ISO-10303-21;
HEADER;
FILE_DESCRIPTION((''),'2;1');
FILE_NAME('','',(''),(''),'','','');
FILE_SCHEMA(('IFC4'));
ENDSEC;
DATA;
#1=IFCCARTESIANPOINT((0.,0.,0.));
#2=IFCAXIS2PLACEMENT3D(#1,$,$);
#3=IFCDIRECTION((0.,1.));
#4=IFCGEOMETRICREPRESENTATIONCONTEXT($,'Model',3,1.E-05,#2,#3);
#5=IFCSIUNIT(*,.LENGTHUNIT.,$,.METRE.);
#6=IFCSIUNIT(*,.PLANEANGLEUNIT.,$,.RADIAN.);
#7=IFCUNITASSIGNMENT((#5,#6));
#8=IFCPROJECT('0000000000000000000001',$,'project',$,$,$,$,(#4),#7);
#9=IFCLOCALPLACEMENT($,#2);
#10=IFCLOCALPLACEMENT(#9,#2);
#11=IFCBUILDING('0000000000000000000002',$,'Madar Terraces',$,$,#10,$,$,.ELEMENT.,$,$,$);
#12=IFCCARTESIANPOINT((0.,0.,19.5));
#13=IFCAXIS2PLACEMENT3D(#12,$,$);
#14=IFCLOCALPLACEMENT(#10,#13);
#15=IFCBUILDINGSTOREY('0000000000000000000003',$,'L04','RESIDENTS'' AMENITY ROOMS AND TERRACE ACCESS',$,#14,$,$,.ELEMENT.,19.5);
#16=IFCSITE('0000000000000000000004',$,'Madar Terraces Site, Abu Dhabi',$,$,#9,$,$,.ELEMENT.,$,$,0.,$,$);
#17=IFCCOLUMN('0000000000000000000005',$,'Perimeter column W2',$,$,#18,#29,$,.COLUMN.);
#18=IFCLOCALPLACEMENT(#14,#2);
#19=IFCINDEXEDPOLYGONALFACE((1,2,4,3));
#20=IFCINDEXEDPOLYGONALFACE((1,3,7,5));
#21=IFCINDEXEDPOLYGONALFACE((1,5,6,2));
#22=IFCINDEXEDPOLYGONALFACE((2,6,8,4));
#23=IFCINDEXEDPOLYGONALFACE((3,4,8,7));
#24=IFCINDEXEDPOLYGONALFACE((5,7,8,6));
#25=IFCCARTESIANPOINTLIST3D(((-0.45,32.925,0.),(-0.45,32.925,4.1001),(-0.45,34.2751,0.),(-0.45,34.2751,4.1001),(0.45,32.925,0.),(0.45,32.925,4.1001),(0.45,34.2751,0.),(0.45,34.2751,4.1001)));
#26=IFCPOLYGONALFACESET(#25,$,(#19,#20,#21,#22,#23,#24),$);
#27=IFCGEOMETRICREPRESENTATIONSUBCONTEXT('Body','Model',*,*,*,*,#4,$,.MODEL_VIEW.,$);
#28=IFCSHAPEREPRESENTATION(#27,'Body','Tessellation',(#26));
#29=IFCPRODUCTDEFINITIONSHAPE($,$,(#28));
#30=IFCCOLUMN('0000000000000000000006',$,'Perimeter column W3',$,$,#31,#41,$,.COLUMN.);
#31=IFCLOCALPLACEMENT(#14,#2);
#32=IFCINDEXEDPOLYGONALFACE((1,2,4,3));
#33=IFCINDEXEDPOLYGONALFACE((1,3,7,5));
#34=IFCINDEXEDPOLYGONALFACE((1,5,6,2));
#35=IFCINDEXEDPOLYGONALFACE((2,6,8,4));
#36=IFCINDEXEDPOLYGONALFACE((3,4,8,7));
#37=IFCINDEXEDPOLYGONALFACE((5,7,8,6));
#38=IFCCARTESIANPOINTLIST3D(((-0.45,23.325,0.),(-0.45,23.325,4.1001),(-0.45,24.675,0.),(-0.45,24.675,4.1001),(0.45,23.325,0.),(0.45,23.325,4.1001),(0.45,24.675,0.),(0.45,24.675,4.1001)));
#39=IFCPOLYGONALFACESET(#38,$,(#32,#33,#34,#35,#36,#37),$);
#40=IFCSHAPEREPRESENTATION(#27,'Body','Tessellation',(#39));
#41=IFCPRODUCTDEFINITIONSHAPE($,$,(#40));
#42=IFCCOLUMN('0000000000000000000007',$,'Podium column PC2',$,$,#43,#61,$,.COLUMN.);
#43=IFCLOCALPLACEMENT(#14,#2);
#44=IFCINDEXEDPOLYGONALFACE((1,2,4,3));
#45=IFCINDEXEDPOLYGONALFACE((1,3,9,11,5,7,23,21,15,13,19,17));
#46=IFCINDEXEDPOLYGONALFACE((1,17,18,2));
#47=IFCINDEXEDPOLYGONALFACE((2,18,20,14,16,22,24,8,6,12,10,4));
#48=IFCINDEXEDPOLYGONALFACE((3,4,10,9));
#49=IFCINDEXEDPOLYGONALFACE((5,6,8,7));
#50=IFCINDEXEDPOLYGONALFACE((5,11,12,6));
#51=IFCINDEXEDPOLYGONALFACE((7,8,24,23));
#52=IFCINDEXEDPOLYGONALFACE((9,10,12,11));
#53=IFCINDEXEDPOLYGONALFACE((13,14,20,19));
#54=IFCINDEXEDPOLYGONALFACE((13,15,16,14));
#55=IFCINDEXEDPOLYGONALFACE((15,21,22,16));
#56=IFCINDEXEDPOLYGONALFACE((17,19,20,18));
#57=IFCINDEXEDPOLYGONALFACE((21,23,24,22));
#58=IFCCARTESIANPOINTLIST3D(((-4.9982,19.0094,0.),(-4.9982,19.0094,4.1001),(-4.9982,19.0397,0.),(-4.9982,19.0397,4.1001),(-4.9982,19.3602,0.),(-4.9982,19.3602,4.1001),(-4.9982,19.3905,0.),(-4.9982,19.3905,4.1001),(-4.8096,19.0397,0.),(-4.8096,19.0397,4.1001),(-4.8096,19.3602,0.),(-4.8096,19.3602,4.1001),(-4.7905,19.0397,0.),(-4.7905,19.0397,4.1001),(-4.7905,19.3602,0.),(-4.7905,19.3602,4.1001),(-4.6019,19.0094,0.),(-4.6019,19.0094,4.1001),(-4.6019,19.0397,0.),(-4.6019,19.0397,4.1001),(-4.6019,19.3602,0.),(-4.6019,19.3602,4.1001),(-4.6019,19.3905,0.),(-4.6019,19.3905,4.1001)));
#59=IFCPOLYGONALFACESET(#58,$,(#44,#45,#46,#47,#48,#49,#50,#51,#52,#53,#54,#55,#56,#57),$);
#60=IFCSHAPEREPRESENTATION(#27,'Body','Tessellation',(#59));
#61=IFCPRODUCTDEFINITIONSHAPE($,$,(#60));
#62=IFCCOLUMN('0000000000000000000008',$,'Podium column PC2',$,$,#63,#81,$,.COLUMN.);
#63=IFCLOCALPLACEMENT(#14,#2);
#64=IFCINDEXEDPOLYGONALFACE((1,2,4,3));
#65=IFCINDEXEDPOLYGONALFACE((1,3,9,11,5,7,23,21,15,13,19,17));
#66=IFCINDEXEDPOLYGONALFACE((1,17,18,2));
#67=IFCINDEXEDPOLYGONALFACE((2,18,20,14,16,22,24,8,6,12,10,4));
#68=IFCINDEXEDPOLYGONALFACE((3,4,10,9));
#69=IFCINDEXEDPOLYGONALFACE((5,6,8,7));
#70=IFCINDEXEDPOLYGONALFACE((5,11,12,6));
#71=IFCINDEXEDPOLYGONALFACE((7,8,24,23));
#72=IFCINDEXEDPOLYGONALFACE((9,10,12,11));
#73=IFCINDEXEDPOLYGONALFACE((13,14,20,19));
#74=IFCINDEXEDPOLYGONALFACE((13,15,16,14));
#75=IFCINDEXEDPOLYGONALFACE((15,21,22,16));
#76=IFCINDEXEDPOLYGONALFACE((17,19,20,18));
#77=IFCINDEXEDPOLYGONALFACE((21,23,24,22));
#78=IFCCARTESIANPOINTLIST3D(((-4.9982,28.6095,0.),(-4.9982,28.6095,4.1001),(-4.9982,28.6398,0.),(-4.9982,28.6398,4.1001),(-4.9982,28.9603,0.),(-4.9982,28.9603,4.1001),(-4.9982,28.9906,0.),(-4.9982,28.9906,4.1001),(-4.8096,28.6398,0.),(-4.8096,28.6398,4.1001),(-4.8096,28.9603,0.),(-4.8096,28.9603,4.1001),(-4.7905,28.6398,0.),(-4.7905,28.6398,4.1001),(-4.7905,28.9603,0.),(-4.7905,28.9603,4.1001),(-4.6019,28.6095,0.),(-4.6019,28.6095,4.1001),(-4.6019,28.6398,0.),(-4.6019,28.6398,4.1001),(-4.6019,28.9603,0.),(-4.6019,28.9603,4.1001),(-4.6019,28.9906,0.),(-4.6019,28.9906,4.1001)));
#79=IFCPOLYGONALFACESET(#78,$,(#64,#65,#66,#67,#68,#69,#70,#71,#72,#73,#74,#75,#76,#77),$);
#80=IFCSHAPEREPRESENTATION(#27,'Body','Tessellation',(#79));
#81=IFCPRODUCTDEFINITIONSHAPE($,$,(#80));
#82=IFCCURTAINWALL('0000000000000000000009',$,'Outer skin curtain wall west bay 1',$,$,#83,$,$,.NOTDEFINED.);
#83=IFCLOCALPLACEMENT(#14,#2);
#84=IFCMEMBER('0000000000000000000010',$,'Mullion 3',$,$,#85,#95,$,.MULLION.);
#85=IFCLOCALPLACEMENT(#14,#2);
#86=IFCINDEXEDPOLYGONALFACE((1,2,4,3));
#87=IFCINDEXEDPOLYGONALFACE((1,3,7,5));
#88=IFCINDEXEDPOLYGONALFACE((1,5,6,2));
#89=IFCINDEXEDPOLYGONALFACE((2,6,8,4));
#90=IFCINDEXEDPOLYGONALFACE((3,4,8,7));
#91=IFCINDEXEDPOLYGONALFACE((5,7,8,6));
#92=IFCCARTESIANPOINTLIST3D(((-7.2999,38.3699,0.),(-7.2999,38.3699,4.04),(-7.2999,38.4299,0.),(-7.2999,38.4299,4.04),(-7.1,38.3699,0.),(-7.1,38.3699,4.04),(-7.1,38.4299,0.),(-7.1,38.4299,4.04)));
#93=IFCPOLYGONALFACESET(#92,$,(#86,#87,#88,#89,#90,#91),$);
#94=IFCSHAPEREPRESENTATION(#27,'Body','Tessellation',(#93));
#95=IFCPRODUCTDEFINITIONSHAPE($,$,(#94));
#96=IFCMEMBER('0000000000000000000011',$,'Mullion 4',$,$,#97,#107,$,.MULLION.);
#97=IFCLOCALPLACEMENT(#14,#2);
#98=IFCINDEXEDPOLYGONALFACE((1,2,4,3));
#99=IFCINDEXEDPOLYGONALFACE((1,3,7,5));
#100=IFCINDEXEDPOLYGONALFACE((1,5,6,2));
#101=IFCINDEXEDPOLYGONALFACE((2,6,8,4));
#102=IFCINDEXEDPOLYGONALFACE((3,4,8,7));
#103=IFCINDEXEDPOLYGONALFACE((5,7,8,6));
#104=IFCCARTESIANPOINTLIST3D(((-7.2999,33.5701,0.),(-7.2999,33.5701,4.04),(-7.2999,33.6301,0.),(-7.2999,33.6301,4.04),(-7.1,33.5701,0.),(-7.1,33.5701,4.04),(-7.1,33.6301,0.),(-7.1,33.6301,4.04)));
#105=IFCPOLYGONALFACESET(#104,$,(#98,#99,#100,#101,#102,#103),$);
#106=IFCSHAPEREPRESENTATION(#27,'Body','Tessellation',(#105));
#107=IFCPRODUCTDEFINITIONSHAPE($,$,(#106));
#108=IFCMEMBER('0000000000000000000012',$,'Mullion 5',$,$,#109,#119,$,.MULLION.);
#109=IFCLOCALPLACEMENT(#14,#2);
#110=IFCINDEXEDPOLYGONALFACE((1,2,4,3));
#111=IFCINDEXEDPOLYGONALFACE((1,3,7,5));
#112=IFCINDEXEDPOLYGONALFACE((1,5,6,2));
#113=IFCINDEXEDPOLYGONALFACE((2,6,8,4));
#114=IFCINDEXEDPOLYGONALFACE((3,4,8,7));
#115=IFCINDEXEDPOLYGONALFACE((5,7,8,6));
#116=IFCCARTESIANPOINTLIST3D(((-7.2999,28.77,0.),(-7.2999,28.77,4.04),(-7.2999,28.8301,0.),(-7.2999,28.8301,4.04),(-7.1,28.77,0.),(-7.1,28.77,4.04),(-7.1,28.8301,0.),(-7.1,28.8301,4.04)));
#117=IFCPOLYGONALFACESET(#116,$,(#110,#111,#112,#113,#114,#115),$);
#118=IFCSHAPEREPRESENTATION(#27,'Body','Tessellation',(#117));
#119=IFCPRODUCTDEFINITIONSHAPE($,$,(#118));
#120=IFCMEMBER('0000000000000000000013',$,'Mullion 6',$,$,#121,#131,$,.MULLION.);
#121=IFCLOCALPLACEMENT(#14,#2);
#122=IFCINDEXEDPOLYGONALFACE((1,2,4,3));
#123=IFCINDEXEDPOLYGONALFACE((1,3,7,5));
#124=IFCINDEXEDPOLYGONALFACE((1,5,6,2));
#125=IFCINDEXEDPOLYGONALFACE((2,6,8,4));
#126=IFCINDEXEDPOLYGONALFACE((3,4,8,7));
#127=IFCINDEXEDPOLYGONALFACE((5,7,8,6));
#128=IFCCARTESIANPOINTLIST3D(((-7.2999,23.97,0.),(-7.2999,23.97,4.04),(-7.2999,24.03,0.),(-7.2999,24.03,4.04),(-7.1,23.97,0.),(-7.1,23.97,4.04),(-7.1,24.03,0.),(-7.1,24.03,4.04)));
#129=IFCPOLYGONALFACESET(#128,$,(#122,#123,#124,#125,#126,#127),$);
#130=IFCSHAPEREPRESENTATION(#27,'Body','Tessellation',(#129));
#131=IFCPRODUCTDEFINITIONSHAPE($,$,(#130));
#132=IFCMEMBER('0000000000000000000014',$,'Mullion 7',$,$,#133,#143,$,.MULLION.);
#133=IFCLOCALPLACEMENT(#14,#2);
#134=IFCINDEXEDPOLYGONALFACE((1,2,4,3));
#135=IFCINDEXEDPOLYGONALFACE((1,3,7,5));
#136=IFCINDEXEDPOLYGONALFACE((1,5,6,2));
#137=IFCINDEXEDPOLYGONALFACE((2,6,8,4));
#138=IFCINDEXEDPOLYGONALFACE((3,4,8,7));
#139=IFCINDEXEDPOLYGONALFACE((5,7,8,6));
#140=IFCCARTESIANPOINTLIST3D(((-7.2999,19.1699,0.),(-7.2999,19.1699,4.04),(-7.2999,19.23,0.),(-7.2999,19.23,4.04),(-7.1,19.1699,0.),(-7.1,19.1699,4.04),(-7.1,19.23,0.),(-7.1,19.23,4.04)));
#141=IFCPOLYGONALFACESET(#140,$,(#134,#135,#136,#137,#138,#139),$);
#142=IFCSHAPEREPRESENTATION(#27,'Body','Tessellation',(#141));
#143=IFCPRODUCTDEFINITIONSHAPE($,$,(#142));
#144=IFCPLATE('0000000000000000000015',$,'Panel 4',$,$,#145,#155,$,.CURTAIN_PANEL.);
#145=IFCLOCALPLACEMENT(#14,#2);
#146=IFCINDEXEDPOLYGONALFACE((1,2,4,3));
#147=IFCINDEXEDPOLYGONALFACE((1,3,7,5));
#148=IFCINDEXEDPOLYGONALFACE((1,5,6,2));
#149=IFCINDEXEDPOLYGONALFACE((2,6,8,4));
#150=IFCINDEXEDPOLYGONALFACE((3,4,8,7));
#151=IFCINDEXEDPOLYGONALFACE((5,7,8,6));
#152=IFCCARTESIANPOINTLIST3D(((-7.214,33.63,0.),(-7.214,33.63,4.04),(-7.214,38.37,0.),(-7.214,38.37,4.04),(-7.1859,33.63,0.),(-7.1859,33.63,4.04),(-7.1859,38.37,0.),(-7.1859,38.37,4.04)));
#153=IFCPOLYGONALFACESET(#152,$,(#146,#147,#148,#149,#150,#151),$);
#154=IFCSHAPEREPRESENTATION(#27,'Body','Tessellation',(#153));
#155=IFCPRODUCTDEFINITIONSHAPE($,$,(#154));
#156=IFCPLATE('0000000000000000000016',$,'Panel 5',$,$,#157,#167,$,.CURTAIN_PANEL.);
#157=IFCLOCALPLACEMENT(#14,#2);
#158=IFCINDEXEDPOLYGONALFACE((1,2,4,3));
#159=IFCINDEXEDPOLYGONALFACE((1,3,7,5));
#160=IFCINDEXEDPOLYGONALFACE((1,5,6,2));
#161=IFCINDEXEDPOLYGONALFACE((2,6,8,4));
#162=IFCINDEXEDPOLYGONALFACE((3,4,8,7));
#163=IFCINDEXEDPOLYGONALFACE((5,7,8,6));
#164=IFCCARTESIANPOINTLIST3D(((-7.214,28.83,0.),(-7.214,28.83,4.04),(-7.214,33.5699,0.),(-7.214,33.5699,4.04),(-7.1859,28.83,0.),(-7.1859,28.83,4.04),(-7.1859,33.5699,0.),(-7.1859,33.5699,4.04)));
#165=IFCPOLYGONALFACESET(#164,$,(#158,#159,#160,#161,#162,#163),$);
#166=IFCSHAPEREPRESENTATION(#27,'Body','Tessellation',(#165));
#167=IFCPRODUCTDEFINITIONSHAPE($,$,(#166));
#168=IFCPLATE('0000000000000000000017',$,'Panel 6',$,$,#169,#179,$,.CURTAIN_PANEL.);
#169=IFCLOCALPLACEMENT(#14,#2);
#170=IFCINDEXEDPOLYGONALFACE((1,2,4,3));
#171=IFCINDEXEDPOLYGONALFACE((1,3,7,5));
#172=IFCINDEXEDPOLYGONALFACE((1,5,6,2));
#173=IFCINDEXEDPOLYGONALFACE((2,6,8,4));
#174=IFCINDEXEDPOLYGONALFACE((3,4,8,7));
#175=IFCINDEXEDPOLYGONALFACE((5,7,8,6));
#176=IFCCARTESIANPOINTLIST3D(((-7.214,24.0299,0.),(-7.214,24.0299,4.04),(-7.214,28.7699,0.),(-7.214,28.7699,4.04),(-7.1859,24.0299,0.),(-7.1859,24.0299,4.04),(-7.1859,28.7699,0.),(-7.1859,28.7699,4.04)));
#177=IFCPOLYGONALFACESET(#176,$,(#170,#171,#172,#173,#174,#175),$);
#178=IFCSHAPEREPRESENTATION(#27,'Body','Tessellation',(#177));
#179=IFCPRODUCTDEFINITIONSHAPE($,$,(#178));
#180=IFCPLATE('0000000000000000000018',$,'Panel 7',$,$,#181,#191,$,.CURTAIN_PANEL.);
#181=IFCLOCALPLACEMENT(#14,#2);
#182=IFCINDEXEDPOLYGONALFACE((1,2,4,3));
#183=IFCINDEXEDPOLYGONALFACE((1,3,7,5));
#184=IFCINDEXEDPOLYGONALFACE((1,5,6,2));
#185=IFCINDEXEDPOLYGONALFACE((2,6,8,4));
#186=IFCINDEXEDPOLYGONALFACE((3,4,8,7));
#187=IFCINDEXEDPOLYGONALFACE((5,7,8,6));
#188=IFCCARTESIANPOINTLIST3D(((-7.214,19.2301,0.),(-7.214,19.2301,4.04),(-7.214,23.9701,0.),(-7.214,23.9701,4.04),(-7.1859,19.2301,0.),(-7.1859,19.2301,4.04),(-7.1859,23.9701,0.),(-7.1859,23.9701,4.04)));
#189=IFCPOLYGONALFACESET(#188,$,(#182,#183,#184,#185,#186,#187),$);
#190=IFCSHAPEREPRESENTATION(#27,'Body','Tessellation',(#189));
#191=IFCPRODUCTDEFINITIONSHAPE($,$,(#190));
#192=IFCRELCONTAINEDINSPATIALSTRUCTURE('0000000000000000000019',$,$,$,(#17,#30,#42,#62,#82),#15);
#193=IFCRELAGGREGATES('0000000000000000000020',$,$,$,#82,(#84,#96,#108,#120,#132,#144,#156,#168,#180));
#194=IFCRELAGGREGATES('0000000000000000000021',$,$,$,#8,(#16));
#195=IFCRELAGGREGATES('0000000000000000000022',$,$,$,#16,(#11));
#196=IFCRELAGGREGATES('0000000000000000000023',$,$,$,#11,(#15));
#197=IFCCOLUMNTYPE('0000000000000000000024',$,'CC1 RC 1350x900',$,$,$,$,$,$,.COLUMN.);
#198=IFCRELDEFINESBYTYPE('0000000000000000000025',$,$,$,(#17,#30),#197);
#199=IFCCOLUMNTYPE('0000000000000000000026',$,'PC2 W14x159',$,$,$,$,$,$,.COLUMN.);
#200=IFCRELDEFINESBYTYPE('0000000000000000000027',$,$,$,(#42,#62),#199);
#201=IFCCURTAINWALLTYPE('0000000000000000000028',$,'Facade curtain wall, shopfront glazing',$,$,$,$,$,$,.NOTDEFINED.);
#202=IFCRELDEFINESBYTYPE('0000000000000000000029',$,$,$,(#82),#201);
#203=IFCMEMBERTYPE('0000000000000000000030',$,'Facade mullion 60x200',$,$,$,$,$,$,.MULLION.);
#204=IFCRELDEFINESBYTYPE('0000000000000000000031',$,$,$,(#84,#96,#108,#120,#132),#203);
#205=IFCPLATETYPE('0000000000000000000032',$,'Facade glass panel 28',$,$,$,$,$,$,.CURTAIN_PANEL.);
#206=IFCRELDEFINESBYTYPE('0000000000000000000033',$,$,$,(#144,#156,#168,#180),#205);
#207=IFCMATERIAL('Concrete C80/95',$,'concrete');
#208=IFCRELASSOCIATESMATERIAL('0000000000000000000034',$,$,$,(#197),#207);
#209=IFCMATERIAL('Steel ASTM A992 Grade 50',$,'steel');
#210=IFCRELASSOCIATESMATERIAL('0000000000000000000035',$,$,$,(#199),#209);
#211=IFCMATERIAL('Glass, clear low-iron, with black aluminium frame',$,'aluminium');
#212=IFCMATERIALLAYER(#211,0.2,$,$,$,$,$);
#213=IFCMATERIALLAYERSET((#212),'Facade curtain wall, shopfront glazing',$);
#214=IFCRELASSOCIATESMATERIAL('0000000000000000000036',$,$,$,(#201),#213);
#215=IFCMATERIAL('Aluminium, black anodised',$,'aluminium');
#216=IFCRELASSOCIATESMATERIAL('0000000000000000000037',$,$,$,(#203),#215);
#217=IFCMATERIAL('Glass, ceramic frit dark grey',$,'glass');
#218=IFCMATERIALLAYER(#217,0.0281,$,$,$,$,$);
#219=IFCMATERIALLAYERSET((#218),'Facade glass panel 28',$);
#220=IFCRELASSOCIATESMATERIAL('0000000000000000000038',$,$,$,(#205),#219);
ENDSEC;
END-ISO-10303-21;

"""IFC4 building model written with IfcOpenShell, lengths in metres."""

from ifc_helpers import new_model, si_unit, direction, frame, origin, origin_2d, place, context, subcontext, project, spatial, rectangle, i_section, extrude, material, layer, layer_set, material_profile, profile_set, type_object, element, aggregate, save


model = new_model("IFC4")

# Units and contexts
model_context = context("Model", 3, precision=1e-05, world=origin(), true_north=direction((0.0, 1.0)))
body_context = subcontext(model_context, "Body", "Model", "MODEL_VIEW")
ifc_project = project(units=[si_unit("LENGTHUNIT", "METRE"), si_unit("PLANEANGLEUNIT", "RADIAN")], contexts=[model_context])

# Site, building, storey
site_placement = place(None, origin())
site = spatial("IfcSite", under=ifc_project, at=site_placement, Name="Madar Terraces Site, Abu Dhabi", CompositionType="ELEMENT", RefElevation=0.0)
building_placement = place(site_placement, origin())
building = spatial("IfcBuilding", under=site, at=building_placement, Name="Madar Terraces", CompositionType="ELEMENT")
storey_placement = place(building_placement, frame((0.0, 0.0, 19.5)))
storey = spatial("IfcBuildingStorey", under=building, at=storey_placement, Name="L04", Description="RESIDENTS' AMENITY ROOMS AND TERRACE ACCESS", CompositionType="ELEMENT", Elevation=19.5)

# Columns
ifc_material_1 = material(Name="Concrete C80/95", Category="concrete")
ifc_material_profile_1 = material_profile(ifc_material_1, rectangle(XDim=1.3501, YDim=0.8999, at=origin_2d()), Name="CC1 RC 1350x900")
ifc_profile_set_1 = profile_set([ifc_material_profile_1], Name="Concrete C80/95")
column_type_1 = type_object("IfcColumnType", Name="CC1 RC 1350x900", PredefinedType="COLUMN", material=ifc_profile_set_1)
for number, where, z_axis, x_axis, name in (
    (1, (0.0, 33.6001, 0.0), (0.0, 0.0, 1.0), (0.0, 1.0, 0.0), "Perimeter column W2"),
    (2, (0.0, 24.0, 0.0), (0.0, 0.0, 1.0), (0.0, 1.0, 0.0), "Perimeter column W3"),
):
    element("IfcColumn", number, at=place(storey_placement, frame(where, z_axis=z_axis, x_axis=x_axis)), inside=storey, type_object=column_type_1, Name=name, PredefinedType="COLUMN", context=body_context, shape_type="SweptSolid", body=[
        extrude(rectangle(XDim=1.3501, YDim=0.8999, at=origin_2d()), origin(), (0.0, 0.0, 1.0), 4.1001),
    ])
ifc_material_2 = material(Name="Steel ASTM A992 Grade 50", Category="steel")
ifc_material_profile_2 = material_profile(ifc_material_2, i_section(OverallWidth=0.3962, OverallDepth=0.3811, WebThickness=0.019, FlangeThickness=0.0303, at=origin_2d()), Name="W14x159")
ifc_profile_set_2 = profile_set([ifc_material_profile_2], Name="Steel ASTM A992 Grade 50")
column_type_2 = type_object("IfcColumnType", Name="PC2 W14x159", PredefinedType="COLUMN", material=ifc_profile_set_2)
for number, where, z_axis, x_axis, name in (
    (3, (-4.8, 19.2, 0.0), (0.0, 0.0, 1.0), (1.0, 0.0, 0.0), "Podium column PC2"),
    (4, (-4.8, 28.8, 0.0), (0.0, 0.0, 1.0), (1.0, 0.0, 0.0), "Podium column PC2"),
):
    element("IfcColumn", number, at=place(storey_placement, frame(where, z_axis=z_axis, x_axis=x_axis)), inside=storey, type_object=column_type_2, Name=name, PredefinedType="COLUMN", context=body_context, shape_type="SweptSolid", body=[
        extrude(i_section(OverallWidth=0.3962, OverallDepth=0.3811, WebThickness=0.019, FlangeThickness=0.0303, at=origin_2d()), origin(), (0.0, 0.0, 1.0), 4.1001),
    ])

# Curtain wall, members, plates
ifc_material_3 = material(Name="Glass, clear low-iron, with black aluminium frame", Category="aluminium")
ifc_layer_1 = layer(ifc_material_3, 0.2)
ifc_layer_set_1 = layer_set([ifc_layer_1], Name="Facade curtain wall, shopfront glazing")
curtain_wall_type = type_object("IfcCurtainWallType", Name="Facade curtain wall, shopfront glazing", PredefinedType="NOTDEFINED", material=ifc_layer_set_1)
curtain_wall_placement = place(storey_placement, origin())
curtain_wall = element("IfcCurtainWall", 5, at=curtain_wall_placement, inside=storey, type_object=curtain_wall_type, Name="Outer skin curtain wall west bay 1", PredefinedType="NOTDEFINED")
ifc_material_4 = material(Name="Aluminium, black anodised", Category="aluminium")
ifc_material_profile_3 = material_profile(ifc_material_4, rectangle(XDim=0.2, YDim=0.0601, at=origin_2d()), Name="Facade mullion 60x200")
ifc_profile_set_3 = profile_set([ifc_material_profile_3], Name="Aluminium, black anodised")
member_type = type_object("IfcMemberType", Name="Facade mullion 60x200", PredefinedType="MULLION", material=ifc_profile_set_3)
member_1_placement = place(storey_placement, frame((-7.2, 38.3999, 0.0), z_axis=(0.0, 0.0, 1.0), x_axis=(1.0, 0.0, 0.0)))
member_1 = element("IfcMember", 6, at=member_1_placement, type_object=member_type, Name="Mullion 3", PredefinedType="MULLION", context=body_context, shape_type="SweptSolid", body=[
    extrude(rectangle(XDim=0.2, YDim=0.0601, at=origin_2d()), origin(), (0.0, 0.0, 1.0), 4.04),
])
member_2_placement = place(storey_placement, frame((-7.2, 33.6001, 0.0), z_axis=(0.0, 0.0, 1.0), x_axis=(1.0, 0.0, 0.0)))
member_2 = element("IfcMember", 7, at=member_2_placement, type_object=member_type, Name="Mullion 4", PredefinedType="MULLION", context=body_context, shape_type="SweptSolid", body=[
    extrude(rectangle(XDim=0.2, YDim=0.0601, at=origin_2d()), origin(), (0.0, 0.0, 1.0), 4.04),
])
member_3_placement = place(storey_placement, frame((-7.2, 28.8, 0.0), z_axis=(0.0, 0.0, 1.0), x_axis=(1.0, 0.0, 0.0)))
member_3 = element("IfcMember", 8, at=member_3_placement, type_object=member_type, Name="Mullion 5", PredefinedType="MULLION", context=body_context, shape_type="SweptSolid", body=[
    extrude(rectangle(XDim=0.2, YDim=0.0601, at=origin_2d()), origin(), (0.0, 0.0, 1.0), 4.04),
])
member_4_placement = place(storey_placement, frame((-7.2, 24.0, 0.0), z_axis=(0.0, 0.0, 1.0), x_axis=(1.0, 0.0, 0.0)))
member_4 = element("IfcMember", 9, at=member_4_placement, type_object=member_type, Name="Mullion 6", PredefinedType="MULLION", context=body_context, shape_type="SweptSolid", body=[
    extrude(rectangle(XDim=0.2, YDim=0.0601, at=origin_2d()), origin(), (0.0, 0.0, 1.0), 4.04),
])
member_5_placement = place(storey_placement, frame((-7.2, 19.2, 0.0), z_axis=(0.0, 0.0, 1.0), x_axis=(1.0, 0.0, 0.0)))
member_5 = element("IfcMember", 10, at=member_5_placement, type_object=member_type, Name="Mullion 7", PredefinedType="MULLION", context=body_context, shape_type="SweptSolid", body=[
    extrude(rectangle(XDim=0.2, YDim=0.0601, at=origin_2d()), origin(), (0.0, 0.0, 1.0), 4.04),
])
ifc_material_5 = material(Name="Glass, ceramic frit dark grey", Category="glass")
ifc_layer_2 = layer(ifc_material_5, 0.0281)
ifc_layer_set_2 = layer_set([ifc_layer_2], Name="Facade glass panel 28")
plate_type = type_object("IfcPlateType", Name="Facade glass panel 28", PredefinedType="CURTAIN_PANEL", material=ifc_layer_set_2)
plate_1_placement = place(storey_placement, frame((-7.2, 36.0, 0.0), z_axis=(0.0, 0.0, 1.0), x_axis=(0.0, -1.0, 0.0)))
plate_1 = element("IfcPlate", 11, at=plate_1_placement, type_object=plate_type, Name="Panel 4", PredefinedType="CURTAIN_PANEL", context=body_context, shape_type="SweptSolid", body=[
    extrude(rectangle(XDim=4.74, YDim=0.0281, at=origin_2d()), origin(), (0.0, 0.0, 1.0), 4.04),
])
plate_2_placement = place(storey_placement, frame((-7.2, 31.2, 0.0), z_axis=(0.0, 0.0, 1.0), x_axis=(0.0, -1.0, 0.0)))
plate_2 = element("IfcPlate", 12, at=plate_2_placement, type_object=plate_type, Name="Panel 5", PredefinedType="CURTAIN_PANEL", context=body_context, shape_type="SweptSolid", body=[
    extrude(rectangle(XDim=4.74, YDim=0.0281, at=origin_2d()), origin(), (0.0, 0.0, 1.0), 4.04),
])
plate_3_placement = place(storey_placement, frame((-7.2, 26.3999, 0.0), z_axis=(0.0, 0.0, 1.0), x_axis=(0.0, -1.0, 0.0)))
plate_3 = element("IfcPlate", 13, at=plate_3_placement, type_object=plate_type, Name="Panel 6", PredefinedType="CURTAIN_PANEL", context=body_context, shape_type="SweptSolid", body=[
    extrude(rectangle(XDim=4.74, YDim=0.0281, at=origin_2d()), origin(), (0.0, 0.0, 1.0), 4.04),
])
plate_4_placement = place(storey_placement, frame((-7.2, 21.6001, 0.0), z_axis=(0.0, 0.0, 1.0), x_axis=(0.0, -1.0, 0.0)))
plate_4 = element("IfcPlate", 14, at=plate_4_placement, type_object=plate_type, Name="Panel 7", PredefinedType="CURTAIN_PANEL", context=body_context, shape_type="SweptSolid", body=[
    extrude(rectangle(XDim=4.74, YDim=0.0281, at=origin_2d()), origin(), (0.0, 0.0, 1.0), 4.04),
])
aggregate(curtain_wall, [member_1, member_2, member_3, member_4, member_5, plate_1, plate_2, plate_3, plate_4])

save(model, "model.ifc")
